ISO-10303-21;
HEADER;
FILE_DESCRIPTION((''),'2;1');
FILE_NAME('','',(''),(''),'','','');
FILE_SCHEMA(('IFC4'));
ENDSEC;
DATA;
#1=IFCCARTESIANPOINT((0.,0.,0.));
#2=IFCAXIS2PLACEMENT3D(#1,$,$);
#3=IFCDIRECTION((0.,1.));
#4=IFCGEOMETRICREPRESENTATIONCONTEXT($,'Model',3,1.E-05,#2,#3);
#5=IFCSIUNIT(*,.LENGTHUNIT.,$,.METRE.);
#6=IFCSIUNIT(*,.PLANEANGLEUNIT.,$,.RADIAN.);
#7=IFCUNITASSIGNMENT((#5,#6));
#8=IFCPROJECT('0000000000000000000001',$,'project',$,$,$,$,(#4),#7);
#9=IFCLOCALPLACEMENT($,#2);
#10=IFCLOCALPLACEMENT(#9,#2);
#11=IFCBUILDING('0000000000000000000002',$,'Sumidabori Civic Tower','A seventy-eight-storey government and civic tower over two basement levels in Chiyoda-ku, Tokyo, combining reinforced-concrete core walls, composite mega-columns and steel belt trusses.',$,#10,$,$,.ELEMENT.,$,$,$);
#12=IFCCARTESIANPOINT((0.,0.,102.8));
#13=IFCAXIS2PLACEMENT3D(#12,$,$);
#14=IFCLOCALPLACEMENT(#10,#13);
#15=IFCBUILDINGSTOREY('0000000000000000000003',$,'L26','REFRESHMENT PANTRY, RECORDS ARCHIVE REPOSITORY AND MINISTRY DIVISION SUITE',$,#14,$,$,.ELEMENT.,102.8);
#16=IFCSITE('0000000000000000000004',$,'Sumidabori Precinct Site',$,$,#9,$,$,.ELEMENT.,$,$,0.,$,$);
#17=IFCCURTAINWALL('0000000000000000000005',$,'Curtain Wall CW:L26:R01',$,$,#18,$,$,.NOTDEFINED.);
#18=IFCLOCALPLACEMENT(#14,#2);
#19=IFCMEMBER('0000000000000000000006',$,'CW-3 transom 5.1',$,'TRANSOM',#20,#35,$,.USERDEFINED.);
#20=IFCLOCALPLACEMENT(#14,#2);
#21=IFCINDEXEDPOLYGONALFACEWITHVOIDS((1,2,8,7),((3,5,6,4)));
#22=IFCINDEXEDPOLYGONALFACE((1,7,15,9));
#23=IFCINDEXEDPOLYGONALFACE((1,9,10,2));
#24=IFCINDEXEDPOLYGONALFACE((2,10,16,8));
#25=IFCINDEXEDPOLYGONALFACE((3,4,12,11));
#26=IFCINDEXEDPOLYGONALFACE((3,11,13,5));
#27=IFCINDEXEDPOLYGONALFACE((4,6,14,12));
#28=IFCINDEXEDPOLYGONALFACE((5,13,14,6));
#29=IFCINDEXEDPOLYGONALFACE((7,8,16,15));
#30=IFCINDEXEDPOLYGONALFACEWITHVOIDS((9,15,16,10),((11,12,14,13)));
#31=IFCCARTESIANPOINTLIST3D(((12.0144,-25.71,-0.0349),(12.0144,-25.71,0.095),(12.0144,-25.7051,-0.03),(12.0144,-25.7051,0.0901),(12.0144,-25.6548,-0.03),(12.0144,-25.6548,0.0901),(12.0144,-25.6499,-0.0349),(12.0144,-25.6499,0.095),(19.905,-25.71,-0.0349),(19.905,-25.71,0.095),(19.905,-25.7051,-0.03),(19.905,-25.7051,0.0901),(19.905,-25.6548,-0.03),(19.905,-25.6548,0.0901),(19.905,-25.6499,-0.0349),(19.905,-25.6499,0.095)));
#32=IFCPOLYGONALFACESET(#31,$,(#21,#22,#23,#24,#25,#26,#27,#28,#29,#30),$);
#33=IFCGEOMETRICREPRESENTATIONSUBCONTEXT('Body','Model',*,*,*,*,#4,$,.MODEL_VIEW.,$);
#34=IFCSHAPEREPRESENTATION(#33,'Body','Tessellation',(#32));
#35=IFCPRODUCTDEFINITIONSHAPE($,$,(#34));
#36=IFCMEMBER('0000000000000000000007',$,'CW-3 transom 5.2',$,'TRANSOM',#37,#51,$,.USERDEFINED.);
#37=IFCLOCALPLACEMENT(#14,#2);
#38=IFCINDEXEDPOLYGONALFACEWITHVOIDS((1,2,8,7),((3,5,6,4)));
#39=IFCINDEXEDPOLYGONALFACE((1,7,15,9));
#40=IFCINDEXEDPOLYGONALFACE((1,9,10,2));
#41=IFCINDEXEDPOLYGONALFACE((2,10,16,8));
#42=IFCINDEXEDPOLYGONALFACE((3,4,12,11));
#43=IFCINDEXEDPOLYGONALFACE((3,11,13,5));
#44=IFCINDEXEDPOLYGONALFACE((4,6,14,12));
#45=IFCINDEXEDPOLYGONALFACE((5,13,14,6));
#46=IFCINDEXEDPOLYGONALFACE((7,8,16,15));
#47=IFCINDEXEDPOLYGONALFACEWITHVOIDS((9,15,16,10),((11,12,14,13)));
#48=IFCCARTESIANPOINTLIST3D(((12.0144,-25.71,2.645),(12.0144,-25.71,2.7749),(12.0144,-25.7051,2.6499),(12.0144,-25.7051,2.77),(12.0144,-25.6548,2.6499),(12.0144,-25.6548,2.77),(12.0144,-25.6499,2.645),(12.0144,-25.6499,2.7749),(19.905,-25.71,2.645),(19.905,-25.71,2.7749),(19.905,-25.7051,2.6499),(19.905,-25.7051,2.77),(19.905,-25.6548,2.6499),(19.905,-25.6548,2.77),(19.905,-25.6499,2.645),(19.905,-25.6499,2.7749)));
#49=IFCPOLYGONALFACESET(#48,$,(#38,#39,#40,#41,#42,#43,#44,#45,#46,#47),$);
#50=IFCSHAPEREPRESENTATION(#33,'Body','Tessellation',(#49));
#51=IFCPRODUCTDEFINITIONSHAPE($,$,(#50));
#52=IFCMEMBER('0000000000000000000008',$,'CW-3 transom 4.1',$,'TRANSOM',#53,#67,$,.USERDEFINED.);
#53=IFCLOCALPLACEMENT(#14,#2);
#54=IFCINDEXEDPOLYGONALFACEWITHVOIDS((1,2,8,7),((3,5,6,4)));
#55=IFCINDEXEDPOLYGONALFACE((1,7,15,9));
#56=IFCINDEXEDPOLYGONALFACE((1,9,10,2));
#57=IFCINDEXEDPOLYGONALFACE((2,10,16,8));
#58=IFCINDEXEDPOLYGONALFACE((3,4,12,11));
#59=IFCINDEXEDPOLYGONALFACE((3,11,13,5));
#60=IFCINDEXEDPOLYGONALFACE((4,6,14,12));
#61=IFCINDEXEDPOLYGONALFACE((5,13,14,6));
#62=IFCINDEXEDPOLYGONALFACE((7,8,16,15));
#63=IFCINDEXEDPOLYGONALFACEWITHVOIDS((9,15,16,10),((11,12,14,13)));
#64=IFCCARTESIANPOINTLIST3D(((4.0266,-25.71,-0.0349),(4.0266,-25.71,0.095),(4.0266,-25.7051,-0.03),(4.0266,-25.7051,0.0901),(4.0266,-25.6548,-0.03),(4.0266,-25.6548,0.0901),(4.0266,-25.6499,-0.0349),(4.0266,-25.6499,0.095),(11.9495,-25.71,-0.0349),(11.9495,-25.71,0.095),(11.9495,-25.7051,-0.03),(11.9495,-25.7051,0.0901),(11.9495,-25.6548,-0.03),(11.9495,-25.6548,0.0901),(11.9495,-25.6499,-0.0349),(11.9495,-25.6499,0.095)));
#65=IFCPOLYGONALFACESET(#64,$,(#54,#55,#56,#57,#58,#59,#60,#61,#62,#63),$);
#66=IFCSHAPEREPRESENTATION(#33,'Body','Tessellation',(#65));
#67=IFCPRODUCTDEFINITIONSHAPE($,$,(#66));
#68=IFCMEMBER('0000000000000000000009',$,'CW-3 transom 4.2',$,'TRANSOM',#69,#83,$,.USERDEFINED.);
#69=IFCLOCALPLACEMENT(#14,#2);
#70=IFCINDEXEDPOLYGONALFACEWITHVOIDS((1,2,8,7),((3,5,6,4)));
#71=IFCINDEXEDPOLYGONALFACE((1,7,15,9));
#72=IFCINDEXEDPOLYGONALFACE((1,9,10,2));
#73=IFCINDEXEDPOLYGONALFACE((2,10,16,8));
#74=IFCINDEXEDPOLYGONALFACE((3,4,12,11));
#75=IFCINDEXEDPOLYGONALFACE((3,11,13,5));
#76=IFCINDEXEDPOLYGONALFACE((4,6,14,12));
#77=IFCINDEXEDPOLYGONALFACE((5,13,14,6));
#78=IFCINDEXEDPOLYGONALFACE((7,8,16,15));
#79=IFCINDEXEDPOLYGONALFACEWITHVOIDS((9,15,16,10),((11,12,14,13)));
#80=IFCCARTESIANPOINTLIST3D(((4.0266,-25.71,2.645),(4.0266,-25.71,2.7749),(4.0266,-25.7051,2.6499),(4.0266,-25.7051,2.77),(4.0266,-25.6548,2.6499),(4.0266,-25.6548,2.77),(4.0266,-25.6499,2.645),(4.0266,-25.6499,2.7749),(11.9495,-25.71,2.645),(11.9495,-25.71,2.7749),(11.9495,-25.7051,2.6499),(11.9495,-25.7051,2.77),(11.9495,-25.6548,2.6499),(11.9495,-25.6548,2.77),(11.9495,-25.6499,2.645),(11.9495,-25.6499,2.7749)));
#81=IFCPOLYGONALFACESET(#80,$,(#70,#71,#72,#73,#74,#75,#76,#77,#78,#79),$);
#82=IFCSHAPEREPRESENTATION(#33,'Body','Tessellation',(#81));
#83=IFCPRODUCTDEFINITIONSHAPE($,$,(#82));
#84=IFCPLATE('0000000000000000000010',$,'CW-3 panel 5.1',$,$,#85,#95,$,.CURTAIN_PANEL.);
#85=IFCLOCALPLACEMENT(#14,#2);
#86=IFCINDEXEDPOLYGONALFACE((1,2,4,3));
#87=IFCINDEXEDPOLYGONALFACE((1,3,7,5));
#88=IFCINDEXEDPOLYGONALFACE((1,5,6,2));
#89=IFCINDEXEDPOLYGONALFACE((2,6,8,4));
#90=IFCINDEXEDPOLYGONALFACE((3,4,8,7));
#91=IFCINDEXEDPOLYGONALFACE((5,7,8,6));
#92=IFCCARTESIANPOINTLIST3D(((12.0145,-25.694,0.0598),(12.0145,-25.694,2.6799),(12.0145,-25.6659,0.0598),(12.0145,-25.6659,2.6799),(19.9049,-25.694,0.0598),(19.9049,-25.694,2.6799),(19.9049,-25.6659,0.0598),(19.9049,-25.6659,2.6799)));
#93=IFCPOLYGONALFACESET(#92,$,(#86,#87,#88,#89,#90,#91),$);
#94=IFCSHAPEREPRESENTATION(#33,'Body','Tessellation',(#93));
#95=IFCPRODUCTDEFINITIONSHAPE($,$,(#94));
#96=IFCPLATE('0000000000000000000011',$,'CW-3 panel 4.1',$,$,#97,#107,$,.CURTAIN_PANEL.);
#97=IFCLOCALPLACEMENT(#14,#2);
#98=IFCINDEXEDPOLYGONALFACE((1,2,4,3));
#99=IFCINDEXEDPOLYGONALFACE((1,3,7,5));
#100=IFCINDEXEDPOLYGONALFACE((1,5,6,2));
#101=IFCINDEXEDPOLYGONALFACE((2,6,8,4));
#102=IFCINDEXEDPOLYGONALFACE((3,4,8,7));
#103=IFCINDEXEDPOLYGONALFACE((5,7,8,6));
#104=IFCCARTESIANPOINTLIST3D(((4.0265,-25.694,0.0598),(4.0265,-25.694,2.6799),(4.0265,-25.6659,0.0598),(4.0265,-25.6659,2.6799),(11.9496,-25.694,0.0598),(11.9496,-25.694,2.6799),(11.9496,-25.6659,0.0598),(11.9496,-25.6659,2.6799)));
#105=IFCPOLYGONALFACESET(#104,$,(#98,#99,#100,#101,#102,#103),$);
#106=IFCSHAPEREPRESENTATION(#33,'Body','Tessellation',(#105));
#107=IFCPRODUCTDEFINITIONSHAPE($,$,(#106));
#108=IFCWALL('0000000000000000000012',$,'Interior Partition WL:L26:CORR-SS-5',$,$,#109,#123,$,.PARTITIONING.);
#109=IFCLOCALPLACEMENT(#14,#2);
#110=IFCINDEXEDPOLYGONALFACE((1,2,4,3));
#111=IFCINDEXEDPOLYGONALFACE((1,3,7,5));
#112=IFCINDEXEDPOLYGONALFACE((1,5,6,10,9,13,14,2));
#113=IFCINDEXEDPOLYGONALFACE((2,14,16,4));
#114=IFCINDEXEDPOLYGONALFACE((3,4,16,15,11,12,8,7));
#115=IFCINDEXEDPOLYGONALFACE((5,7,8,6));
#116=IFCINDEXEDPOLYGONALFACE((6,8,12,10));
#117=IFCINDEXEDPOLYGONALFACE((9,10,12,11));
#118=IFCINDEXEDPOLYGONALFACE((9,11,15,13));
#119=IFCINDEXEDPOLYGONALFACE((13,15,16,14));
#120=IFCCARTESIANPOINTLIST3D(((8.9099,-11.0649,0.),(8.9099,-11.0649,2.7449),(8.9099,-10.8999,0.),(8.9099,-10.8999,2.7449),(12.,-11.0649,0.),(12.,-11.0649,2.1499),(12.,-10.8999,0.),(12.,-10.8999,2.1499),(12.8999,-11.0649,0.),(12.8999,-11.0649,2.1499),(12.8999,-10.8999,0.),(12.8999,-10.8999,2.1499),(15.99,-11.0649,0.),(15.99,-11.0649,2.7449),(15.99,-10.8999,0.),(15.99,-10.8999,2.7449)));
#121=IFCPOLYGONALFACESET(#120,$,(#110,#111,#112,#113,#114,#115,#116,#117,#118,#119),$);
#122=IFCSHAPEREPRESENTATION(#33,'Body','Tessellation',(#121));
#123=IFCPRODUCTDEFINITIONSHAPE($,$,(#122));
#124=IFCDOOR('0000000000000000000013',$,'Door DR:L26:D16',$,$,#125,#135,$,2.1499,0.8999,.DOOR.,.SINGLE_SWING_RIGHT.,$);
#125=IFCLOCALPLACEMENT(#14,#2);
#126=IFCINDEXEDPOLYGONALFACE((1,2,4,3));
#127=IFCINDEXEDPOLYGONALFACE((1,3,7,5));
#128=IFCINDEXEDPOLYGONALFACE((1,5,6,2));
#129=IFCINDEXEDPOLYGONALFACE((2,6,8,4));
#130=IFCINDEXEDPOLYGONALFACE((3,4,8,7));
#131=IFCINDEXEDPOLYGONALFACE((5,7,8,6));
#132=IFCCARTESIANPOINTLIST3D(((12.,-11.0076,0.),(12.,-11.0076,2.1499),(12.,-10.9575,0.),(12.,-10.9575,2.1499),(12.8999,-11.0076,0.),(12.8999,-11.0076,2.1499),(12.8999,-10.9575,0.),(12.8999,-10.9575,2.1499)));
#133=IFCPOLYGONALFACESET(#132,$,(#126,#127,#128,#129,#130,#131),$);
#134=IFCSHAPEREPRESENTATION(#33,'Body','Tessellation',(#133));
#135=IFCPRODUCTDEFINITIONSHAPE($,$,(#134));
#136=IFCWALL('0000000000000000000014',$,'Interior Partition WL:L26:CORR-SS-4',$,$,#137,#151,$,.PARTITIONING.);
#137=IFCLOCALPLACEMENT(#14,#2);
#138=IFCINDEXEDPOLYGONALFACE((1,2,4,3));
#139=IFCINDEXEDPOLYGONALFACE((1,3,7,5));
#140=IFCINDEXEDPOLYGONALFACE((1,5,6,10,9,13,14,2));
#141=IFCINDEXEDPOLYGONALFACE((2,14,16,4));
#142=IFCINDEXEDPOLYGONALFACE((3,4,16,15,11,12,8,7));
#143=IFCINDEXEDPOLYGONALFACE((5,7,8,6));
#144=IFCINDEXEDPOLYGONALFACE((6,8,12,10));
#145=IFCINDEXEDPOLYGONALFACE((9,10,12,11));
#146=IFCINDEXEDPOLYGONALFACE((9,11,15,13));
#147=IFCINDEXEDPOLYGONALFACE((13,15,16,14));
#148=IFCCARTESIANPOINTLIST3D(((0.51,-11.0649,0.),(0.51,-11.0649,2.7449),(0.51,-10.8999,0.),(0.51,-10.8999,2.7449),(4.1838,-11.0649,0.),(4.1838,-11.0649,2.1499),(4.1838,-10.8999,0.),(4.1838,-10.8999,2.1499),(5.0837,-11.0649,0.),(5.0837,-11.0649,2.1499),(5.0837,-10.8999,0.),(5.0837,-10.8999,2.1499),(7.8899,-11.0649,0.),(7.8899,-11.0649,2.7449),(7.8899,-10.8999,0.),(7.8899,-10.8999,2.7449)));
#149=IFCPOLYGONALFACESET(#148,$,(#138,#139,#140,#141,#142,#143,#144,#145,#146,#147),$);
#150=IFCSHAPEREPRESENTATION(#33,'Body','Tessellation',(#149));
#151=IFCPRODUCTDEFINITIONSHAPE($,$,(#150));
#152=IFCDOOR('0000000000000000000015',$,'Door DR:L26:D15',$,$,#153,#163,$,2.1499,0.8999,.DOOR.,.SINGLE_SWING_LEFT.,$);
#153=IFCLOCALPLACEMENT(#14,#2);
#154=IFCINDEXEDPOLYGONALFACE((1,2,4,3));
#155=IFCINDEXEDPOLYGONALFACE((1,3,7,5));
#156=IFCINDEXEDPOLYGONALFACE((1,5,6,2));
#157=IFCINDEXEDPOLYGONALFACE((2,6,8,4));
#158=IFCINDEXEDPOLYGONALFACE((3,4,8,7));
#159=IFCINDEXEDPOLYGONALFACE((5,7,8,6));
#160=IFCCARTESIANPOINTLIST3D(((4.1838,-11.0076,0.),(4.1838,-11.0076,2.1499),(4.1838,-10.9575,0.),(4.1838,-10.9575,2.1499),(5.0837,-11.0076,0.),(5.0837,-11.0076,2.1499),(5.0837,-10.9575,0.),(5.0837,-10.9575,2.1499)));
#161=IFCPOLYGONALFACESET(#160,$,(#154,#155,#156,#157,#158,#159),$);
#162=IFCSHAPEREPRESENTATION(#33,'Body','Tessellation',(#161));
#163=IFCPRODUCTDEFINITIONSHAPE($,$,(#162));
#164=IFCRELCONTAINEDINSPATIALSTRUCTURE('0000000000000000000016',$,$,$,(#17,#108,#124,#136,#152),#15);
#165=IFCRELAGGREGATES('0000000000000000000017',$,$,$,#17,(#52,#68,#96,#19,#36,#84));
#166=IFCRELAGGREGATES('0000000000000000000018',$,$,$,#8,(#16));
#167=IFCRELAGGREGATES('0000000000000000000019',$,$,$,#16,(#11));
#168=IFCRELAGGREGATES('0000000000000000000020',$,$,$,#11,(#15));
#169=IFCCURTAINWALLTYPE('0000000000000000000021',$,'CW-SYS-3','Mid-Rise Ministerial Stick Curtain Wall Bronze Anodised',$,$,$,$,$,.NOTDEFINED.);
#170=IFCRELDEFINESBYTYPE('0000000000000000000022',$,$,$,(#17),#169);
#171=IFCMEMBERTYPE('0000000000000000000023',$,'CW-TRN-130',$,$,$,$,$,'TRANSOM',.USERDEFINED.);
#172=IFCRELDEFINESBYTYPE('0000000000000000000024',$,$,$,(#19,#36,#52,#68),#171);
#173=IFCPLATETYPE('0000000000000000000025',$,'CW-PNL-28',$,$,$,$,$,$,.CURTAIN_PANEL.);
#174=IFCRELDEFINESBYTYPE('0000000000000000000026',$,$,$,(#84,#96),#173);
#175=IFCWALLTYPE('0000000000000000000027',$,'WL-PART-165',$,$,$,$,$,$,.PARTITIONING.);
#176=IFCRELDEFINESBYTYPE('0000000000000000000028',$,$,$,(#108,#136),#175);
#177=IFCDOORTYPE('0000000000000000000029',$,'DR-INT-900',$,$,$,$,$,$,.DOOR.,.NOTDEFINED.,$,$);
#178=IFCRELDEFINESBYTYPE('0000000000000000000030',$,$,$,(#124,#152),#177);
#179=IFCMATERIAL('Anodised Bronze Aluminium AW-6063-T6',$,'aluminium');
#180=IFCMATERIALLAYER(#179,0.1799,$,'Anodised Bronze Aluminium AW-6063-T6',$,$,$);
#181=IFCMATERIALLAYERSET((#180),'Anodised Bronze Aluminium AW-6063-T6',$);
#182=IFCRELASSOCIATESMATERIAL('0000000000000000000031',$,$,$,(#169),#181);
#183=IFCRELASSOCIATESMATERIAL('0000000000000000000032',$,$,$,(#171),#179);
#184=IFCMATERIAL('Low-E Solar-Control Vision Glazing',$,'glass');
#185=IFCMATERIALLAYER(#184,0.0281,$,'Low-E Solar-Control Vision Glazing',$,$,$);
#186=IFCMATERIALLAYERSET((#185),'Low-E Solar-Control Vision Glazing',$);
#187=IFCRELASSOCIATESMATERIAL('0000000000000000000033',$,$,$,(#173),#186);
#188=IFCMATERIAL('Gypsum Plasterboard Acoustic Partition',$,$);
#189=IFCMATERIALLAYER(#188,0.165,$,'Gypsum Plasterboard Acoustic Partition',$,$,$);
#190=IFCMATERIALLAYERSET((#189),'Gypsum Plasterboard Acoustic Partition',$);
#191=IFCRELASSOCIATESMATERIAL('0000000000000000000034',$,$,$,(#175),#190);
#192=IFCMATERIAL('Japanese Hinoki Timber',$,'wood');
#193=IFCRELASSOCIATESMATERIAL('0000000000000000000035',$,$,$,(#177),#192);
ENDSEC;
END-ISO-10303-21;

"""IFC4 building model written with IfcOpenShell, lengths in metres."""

from ifc_helpers import new_model, si_unit, direction, frame, frame_2d, origin, origin_2d, place, context, subcontext, project, spatial, rectangle, hollow_rectangle, extrude, source, transform, mapped, material, layer, layer_set, material_profile, profile_set, type_object, element, fill, aggregate, save


model = new_model("IFC4")

# Units and contexts
model_context = context("Model", 3, precision=1e-05, world=origin(), true_north=direction((0.0, 1.0)))
body_context = subcontext(model_context, "Body", "Model", "MODEL_VIEW")
ifc_project = project(units=[si_unit("LENGTHUNIT", "METRE"), si_unit("PLANEANGLEUNIT", "RADIAN")], contexts=[model_context])

# Site, building, storey
site_placement = place(None, origin())
site = spatial("IfcSite", under=ifc_project, at=site_placement, Name="Sumidabori Precinct Site", CompositionType="ELEMENT", RefElevation=0.0)
building_placement = place(site_placement, origin())
building = spatial("IfcBuilding", under=site, at=building_placement, Name="Sumidabori Civic Tower", Description="A seventy-eight-storey government and civic tower over two basement levels in Chiyoda-ku, Tokyo, combining reinforced-concrete core walls, composite mega-columns and steel belt trusses.", CompositionType="ELEMENT")
storey_placement = place(building_placement, frame((0.0, 0.0, 102.8)))
storey = spatial("IfcBuildingStorey", under=building, at=storey_placement, Name="L26", Description="REFRESHMENT PANTRY, RECORDS ARCHIVE REPOSITORY AND MINISTRY DIVISION SUITE", CompositionType="ELEMENT", Elevation=102.8)

# Curtain wall, members, plates
ifc_material_1 = material(Name="Anodised Bronze Aluminium AW-6063-T6", Category="aluminium")
ifc_layer_1 = layer(ifc_material_1, 0.1799, Name="Anodised Bronze Aluminium AW-6063-T6")
ifc_layer_set_1 = layer_set([ifc_layer_1], Name="Anodised Bronze Aluminium AW-6063-T6")
curtain_wall_type = type_object("IfcCurtainWallType", Name="CW-SYS-3", Description="Mid-Rise Ministerial Stick Curtain Wall Bronze Anodised", PredefinedType="NOTDEFINED", material=ifc_layer_set_1)
curtain_wall_placement = place(storey_placement, origin())
curtain_wall = element("IfcCurtainWall", 1, at=curtain_wall_placement, inside=storey, type_object=curtain_wall_type, Name="Curtain Wall CW:L26:R01", PredefinedType="NOTDEFINED")
ifc_material_profile_1 = material_profile(ifc_material_1, hollow_rectangle(XDim=0.0601, YDim=0.1299, WallThickness=0.0049, at=origin_2d()), Name="ALU TRANSOM 130x60")
ifc_profile_set_1 = profile_set([ifc_material_profile_1], Name="Anodised Bronze Aluminium AW-6063-T6")
member_type_1 = type_object("IfcMemberType", Name="CW-TRN-130", ElementType="TRANSOM", PredefinedType="USERDEFINED", material=ifc_profile_set_1)
shared_shape_1 = source(origin(), body_context, "Body", "SweptSolid", [
    extrude(hollow_rectangle(XDim=0.0601, YDim=0.1299, WallThickness=0.0049, at=origin_2d()), origin(), (0.0, 0.0, 1.0), 7.8906),
])
member_1_placement = place(storey_placement, frame((12.0144, -25.6799, 0.03), z_axis=(1.0, 0.0, 0.0), x_axis=(0.0, 1.0, 0.0)))
member_1 = element("IfcMember", 2, at=member_1_placement, type_object=member_type_1, Name="CW-3 transom 5.1", ObjectType="TRANSOM", PredefinedType="USERDEFINED", context=body_context, shape_type="MappedRepresentation", body=[
    mapped(shared_shape_1, transform((0.0, 0.0, 0.0), x_axis=(1.0, 0.0, 0.0), y_axis=(0.0, 1.0, 0.0), z_axis=(0.0, 0.0, 1.0), scale=1.0)),
])
member_2_placement = place(storey_placement, frame((12.0144, -25.6799, 2.71), z_axis=(1.0, 0.0, 0.0), x_axis=(0.0, 1.0, 0.0)))
member_2 = element("IfcMember", 3, at=member_2_placement, type_object=member_type_1, Name="CW-3 transom 5.2", ObjectType="TRANSOM", PredefinedType="USERDEFINED", context=body_context, shape_type="MappedRepresentation", body=[
    mapped(shared_shape_1, transform((0.0, 0.0, 0.0), x_axis=(1.0, 0.0, 0.0), y_axis=(0.0, 1.0, 0.0), z_axis=(0.0, 0.0, 1.0), scale=1.0)),
])
shared_shape_2 = source(origin(), body_context, "Body", "SweptSolid", [
    extrude(hollow_rectangle(XDim=0.0601, YDim=0.1299, WallThickness=0.0049, at=origin_2d()), origin(), (0.0, 0.0, 1.0), 7.9229),
])
member_3_placement = place(storey_placement, frame((4.0266, -25.6799, 0.03), z_axis=(1.0, 0.0, 0.0), x_axis=(0.0, 1.0, 0.0)))
member_3 = element("IfcMember", 4, at=member_3_placement, type_object=member_type_1, Name="CW-3 transom 4.1", ObjectType="TRANSOM", PredefinedType="USERDEFINED", context=body_context, shape_type="MappedRepresentation", body=[
    mapped(shared_shape_2, transform((0.0, 0.0, 0.0), x_axis=(1.0, 0.0, 0.0), y_axis=(0.0, 1.0, 0.0), z_axis=(0.0, 0.0, 1.0), scale=1.0)),
])
member_4_placement = place(storey_placement, frame((4.0266, -25.6799, 2.71), z_axis=(1.0, 0.0, 0.0), x_axis=(0.0, 1.0, 0.0)))
member_4 = element("IfcMember", 5, at=member_4_placement, type_object=member_type_1, Name="CW-3 transom 4.2", ObjectType="TRANSOM", PredefinedType="USERDEFINED", context=body_context, shape_type="MappedRepresentation", body=[
    mapped(shared_shape_2, transform((0.0, 0.0, 0.0), x_axis=(1.0, 0.0, 0.0), y_axis=(0.0, 1.0, 0.0), z_axis=(0.0, 0.0, 1.0), scale=1.0)),
])
ifc_material_2 = material(Name="Low-E Solar-Control Vision Glazing", Category="glass")
ifc_layer_2 = layer(ifc_material_2, 0.0281, Name="Low-E Solar-Control Vision Glazing")
ifc_layer_set_2 = layer_set([ifc_layer_2], Name="Low-E Solar-Control Vision Glazing")
plate_type = type_object("IfcPlateType", Name="CW-PNL-28", PredefinedType="CURTAIN_PANEL", material=ifc_layer_set_2)
shared_shape_3 = source(origin(), body_context, "Body", "SweptSolid", [
    extrude(rectangle(XDim=7.8904, YDim=0.0281, at=origin_2d()), origin(), (0.0, 0.0, 1.0), 2.6201),
])
plate_1_placement = place(storey_placement, frame((15.9597, -25.6799, 0.0598), z_axis=(0.0, 0.0, 1.0), x_axis=(1.0, 0.0, 0.0)))
plate_1 = element("IfcPlate", 6, at=plate_1_placement, type_object=plate_type, Name="CW-3 panel 5.1", PredefinedType="CURTAIN_PANEL", context=body_context, shape_type="MappedRepresentation", body=[
    mapped(shared_shape_3, transform((0.0, 0.0, 0.0), x_axis=(1.0, 0.0, 0.0), y_axis=(0.0, 1.0, 0.0), z_axis=(0.0, 0.0, 1.0), scale=1.0)),
])
shared_shape_4 = source(origin(), body_context, "Body", "SweptSolid", [
    extrude(rectangle(XDim=7.9231, YDim=0.0281, at=origin_2d()), origin(), (0.0, 0.0, 1.0), 2.6201),
])
plate_2_placement = place(storey_placement, frame((7.988, -25.6799, 0.0598), z_axis=(0.0, 0.0, 1.0), x_axis=(1.0, 0.0, 0.0)))
plate_2 = element("IfcPlate", 7, at=plate_2_placement, type_object=plate_type, Name="CW-3 panel 4.1", PredefinedType="CURTAIN_PANEL", context=body_context, shape_type="MappedRepresentation", body=[
    mapped(shared_shape_4, transform((0.0, 0.0, 0.0), x_axis=(1.0, 0.0, 0.0), y_axis=(0.0, 1.0, 0.0), z_axis=(0.0, 0.0, 1.0), scale=1.0)),
])
aggregate(curtain_wall, [member_3, member_4, plate_2, member_1, member_2, plate_1])

# Walls, openings, doors
ifc_material_3 = material(Name="Gypsum Plasterboard Acoustic Partition")
ifc_layer_3 = layer(ifc_material_3, 0.165, Name="Gypsum Plasterboard Acoustic Partition")
ifc_layer_set_3 = layer_set([ifc_layer_3], Name="Gypsum Plasterboard Acoustic Partition")
wall_type = type_object("IfcWallType", Name="WL-PART-165", PredefinedType="PARTITIONING", material=ifc_layer_set_3)
shared_shape_5 = source(origin(), body_context, "Body", "SweptSolid", [
    extrude(rectangle(XDim=7.0801, YDim=0.165, at=frame_2d((3.54, 0.0))), origin(), (0.0, 0.0, 1.0), 2.7449),
])
wall_1_placement = place(storey_placement, frame((8.9099, -10.9824, 0.0), z_axis=(0.0, 0.0, 1.0), x_axis=(1.0, 0.0, 0.0)))
wall_1 = element("IfcWall", 8, at=wall_1_placement, inside=storey, type_object=wall_type, Name="Interior Partition WL:L26:CORR-SS-5", PredefinedType="PARTITIONING", context=body_context, shape_type="MappedRepresentation", body=[
    mapped(shared_shape_5, transform((0.0, 0.0, 0.0), x_axis=(1.0, 0.0, 0.0), y_axis=(0.0, 1.0, 0.0), z_axis=(0.0, 0.0, 1.0), scale=1.0)),
])
opening_1_placement = place(wall_1_placement, frame((3.0901, 0.0, 0.0)))
opening_1 = element("IfcOpeningElement", 9, at=opening_1_placement, cuts=wall_1, PredefinedType="OPENING", context=body_context, shape_type="SweptSolid", body=[
    extrude(rectangle(XDim=0.8999, YDim=2.1499, at=frame_2d((0.45, 1.075))), frame((0.0, 0.0945, 0.0), z_axis=(0.0, -1.0, 0.0), x_axis=(1.0, 0.0, 0.0)), (0.0, 0.0, 1.0), 0.189),
])
ifc_material_4 = material(Name="Japanese Hinoki Timber", Category="wood")
door_type = type_object("IfcDoorType", Name="DR-INT-900", OperationType="NOTDEFINED", PredefinedType="DOOR", material=ifc_material_4)
shared_shape_6 = source(origin(), body_context, "Body", "SweptSolid", [
    extrude(rectangle(XDim=0.8999, YDim=2.1499, at=frame_2d((0.45, 1.075))), frame((0.0, 0.0249, 0.0), z_axis=(0.0, -1.0, 0.0), x_axis=(1.0, 0.0, 0.0)), (0.0, 0.0, 1.0), 0.05),
])
door_1_placement = place(opening_1_placement, origin())
door_1 = element("IfcDoor", 10, at=door_1_placement, inside=storey, type_object=door_type, Name="Door DR:L26:D16", OperationType="SINGLE_SWING_RIGHT", OverallHeight=2.1499, OverallWidth=0.8999, PredefinedType="DOOR", context=body_context, shape_type="MappedRepresentation", body=[
    mapped(shared_shape_6, transform((0.0, 0.0, 0.0), x_axis=(1.0, 0.0, 0.0), y_axis=(0.0, 1.0, 0.0), z_axis=(0.0, 0.0, 1.0), scale=1.0)),
])
fill(opening_1, door_1)
shared_shape_7 = source(origin(), body_context, "Body", "SweptSolid", [
    extrude(rectangle(XDim=7.3799, YDim=0.165, at=frame_2d((3.6899, 0.0))), origin(), (0.0, 0.0, 1.0), 2.7449),
])
wall_2_placement = place(storey_placement, frame((0.51, -10.9824, 0.0), z_axis=(0.0, 0.0, 1.0), x_axis=(1.0, 0.0, 0.0)))
wall_2 = element("IfcWall", 11, at=wall_2_placement, inside=storey, type_object=wall_type, Name="Interior Partition WL:L26:CORR-SS-4", PredefinedType="PARTITIONING", context=body_context, shape_type="MappedRepresentation", body=[
    mapped(shared_shape_7, transform((0.0, 0.0, 0.0), x_axis=(1.0, 0.0, 0.0), y_axis=(0.0, 1.0, 0.0), z_axis=(0.0, 0.0, 1.0), scale=1.0)),
])
opening_2_placement = place(wall_2_placement, frame((3.6738, 0.0, 0.0)))
opening_2 = element("IfcOpeningElement", 12, at=opening_2_placement, cuts=wall_2, PredefinedType="OPENING", context=body_context, shape_type="SweptSolid", body=[
    extrude(rectangle(XDim=0.8999, YDim=2.1499, at=frame_2d((0.45, 1.075))), frame((0.0, 0.0945, 0.0), z_axis=(0.0, -1.0, 0.0), x_axis=(1.0, 0.0, 0.0)), (0.0, 0.0, 1.0), 0.189),
])
door_2_placement = place(opening_2_placement, origin())
door_2 = element("IfcDoor", 13, at=door_2_placement, inside=storey, type_object=door_type, Name="Door DR:L26:D15", OperationType="SINGLE_SWING_LEFT", OverallHeight=2.1499, OverallWidth=0.8999, PredefinedType="DOOR", context=body_context, shape_type="MappedRepresentation", body=[
    mapped(shared_shape_6, transform((0.0, 0.0, 0.0), x_axis=(1.0, 0.0, 0.0), y_axis=(0.0, 1.0, 0.0), z_axis=(0.0, 0.0, 1.0), scale=1.0)),
])
fill(opening_2, door_2)

save(model, "model.ifc")
